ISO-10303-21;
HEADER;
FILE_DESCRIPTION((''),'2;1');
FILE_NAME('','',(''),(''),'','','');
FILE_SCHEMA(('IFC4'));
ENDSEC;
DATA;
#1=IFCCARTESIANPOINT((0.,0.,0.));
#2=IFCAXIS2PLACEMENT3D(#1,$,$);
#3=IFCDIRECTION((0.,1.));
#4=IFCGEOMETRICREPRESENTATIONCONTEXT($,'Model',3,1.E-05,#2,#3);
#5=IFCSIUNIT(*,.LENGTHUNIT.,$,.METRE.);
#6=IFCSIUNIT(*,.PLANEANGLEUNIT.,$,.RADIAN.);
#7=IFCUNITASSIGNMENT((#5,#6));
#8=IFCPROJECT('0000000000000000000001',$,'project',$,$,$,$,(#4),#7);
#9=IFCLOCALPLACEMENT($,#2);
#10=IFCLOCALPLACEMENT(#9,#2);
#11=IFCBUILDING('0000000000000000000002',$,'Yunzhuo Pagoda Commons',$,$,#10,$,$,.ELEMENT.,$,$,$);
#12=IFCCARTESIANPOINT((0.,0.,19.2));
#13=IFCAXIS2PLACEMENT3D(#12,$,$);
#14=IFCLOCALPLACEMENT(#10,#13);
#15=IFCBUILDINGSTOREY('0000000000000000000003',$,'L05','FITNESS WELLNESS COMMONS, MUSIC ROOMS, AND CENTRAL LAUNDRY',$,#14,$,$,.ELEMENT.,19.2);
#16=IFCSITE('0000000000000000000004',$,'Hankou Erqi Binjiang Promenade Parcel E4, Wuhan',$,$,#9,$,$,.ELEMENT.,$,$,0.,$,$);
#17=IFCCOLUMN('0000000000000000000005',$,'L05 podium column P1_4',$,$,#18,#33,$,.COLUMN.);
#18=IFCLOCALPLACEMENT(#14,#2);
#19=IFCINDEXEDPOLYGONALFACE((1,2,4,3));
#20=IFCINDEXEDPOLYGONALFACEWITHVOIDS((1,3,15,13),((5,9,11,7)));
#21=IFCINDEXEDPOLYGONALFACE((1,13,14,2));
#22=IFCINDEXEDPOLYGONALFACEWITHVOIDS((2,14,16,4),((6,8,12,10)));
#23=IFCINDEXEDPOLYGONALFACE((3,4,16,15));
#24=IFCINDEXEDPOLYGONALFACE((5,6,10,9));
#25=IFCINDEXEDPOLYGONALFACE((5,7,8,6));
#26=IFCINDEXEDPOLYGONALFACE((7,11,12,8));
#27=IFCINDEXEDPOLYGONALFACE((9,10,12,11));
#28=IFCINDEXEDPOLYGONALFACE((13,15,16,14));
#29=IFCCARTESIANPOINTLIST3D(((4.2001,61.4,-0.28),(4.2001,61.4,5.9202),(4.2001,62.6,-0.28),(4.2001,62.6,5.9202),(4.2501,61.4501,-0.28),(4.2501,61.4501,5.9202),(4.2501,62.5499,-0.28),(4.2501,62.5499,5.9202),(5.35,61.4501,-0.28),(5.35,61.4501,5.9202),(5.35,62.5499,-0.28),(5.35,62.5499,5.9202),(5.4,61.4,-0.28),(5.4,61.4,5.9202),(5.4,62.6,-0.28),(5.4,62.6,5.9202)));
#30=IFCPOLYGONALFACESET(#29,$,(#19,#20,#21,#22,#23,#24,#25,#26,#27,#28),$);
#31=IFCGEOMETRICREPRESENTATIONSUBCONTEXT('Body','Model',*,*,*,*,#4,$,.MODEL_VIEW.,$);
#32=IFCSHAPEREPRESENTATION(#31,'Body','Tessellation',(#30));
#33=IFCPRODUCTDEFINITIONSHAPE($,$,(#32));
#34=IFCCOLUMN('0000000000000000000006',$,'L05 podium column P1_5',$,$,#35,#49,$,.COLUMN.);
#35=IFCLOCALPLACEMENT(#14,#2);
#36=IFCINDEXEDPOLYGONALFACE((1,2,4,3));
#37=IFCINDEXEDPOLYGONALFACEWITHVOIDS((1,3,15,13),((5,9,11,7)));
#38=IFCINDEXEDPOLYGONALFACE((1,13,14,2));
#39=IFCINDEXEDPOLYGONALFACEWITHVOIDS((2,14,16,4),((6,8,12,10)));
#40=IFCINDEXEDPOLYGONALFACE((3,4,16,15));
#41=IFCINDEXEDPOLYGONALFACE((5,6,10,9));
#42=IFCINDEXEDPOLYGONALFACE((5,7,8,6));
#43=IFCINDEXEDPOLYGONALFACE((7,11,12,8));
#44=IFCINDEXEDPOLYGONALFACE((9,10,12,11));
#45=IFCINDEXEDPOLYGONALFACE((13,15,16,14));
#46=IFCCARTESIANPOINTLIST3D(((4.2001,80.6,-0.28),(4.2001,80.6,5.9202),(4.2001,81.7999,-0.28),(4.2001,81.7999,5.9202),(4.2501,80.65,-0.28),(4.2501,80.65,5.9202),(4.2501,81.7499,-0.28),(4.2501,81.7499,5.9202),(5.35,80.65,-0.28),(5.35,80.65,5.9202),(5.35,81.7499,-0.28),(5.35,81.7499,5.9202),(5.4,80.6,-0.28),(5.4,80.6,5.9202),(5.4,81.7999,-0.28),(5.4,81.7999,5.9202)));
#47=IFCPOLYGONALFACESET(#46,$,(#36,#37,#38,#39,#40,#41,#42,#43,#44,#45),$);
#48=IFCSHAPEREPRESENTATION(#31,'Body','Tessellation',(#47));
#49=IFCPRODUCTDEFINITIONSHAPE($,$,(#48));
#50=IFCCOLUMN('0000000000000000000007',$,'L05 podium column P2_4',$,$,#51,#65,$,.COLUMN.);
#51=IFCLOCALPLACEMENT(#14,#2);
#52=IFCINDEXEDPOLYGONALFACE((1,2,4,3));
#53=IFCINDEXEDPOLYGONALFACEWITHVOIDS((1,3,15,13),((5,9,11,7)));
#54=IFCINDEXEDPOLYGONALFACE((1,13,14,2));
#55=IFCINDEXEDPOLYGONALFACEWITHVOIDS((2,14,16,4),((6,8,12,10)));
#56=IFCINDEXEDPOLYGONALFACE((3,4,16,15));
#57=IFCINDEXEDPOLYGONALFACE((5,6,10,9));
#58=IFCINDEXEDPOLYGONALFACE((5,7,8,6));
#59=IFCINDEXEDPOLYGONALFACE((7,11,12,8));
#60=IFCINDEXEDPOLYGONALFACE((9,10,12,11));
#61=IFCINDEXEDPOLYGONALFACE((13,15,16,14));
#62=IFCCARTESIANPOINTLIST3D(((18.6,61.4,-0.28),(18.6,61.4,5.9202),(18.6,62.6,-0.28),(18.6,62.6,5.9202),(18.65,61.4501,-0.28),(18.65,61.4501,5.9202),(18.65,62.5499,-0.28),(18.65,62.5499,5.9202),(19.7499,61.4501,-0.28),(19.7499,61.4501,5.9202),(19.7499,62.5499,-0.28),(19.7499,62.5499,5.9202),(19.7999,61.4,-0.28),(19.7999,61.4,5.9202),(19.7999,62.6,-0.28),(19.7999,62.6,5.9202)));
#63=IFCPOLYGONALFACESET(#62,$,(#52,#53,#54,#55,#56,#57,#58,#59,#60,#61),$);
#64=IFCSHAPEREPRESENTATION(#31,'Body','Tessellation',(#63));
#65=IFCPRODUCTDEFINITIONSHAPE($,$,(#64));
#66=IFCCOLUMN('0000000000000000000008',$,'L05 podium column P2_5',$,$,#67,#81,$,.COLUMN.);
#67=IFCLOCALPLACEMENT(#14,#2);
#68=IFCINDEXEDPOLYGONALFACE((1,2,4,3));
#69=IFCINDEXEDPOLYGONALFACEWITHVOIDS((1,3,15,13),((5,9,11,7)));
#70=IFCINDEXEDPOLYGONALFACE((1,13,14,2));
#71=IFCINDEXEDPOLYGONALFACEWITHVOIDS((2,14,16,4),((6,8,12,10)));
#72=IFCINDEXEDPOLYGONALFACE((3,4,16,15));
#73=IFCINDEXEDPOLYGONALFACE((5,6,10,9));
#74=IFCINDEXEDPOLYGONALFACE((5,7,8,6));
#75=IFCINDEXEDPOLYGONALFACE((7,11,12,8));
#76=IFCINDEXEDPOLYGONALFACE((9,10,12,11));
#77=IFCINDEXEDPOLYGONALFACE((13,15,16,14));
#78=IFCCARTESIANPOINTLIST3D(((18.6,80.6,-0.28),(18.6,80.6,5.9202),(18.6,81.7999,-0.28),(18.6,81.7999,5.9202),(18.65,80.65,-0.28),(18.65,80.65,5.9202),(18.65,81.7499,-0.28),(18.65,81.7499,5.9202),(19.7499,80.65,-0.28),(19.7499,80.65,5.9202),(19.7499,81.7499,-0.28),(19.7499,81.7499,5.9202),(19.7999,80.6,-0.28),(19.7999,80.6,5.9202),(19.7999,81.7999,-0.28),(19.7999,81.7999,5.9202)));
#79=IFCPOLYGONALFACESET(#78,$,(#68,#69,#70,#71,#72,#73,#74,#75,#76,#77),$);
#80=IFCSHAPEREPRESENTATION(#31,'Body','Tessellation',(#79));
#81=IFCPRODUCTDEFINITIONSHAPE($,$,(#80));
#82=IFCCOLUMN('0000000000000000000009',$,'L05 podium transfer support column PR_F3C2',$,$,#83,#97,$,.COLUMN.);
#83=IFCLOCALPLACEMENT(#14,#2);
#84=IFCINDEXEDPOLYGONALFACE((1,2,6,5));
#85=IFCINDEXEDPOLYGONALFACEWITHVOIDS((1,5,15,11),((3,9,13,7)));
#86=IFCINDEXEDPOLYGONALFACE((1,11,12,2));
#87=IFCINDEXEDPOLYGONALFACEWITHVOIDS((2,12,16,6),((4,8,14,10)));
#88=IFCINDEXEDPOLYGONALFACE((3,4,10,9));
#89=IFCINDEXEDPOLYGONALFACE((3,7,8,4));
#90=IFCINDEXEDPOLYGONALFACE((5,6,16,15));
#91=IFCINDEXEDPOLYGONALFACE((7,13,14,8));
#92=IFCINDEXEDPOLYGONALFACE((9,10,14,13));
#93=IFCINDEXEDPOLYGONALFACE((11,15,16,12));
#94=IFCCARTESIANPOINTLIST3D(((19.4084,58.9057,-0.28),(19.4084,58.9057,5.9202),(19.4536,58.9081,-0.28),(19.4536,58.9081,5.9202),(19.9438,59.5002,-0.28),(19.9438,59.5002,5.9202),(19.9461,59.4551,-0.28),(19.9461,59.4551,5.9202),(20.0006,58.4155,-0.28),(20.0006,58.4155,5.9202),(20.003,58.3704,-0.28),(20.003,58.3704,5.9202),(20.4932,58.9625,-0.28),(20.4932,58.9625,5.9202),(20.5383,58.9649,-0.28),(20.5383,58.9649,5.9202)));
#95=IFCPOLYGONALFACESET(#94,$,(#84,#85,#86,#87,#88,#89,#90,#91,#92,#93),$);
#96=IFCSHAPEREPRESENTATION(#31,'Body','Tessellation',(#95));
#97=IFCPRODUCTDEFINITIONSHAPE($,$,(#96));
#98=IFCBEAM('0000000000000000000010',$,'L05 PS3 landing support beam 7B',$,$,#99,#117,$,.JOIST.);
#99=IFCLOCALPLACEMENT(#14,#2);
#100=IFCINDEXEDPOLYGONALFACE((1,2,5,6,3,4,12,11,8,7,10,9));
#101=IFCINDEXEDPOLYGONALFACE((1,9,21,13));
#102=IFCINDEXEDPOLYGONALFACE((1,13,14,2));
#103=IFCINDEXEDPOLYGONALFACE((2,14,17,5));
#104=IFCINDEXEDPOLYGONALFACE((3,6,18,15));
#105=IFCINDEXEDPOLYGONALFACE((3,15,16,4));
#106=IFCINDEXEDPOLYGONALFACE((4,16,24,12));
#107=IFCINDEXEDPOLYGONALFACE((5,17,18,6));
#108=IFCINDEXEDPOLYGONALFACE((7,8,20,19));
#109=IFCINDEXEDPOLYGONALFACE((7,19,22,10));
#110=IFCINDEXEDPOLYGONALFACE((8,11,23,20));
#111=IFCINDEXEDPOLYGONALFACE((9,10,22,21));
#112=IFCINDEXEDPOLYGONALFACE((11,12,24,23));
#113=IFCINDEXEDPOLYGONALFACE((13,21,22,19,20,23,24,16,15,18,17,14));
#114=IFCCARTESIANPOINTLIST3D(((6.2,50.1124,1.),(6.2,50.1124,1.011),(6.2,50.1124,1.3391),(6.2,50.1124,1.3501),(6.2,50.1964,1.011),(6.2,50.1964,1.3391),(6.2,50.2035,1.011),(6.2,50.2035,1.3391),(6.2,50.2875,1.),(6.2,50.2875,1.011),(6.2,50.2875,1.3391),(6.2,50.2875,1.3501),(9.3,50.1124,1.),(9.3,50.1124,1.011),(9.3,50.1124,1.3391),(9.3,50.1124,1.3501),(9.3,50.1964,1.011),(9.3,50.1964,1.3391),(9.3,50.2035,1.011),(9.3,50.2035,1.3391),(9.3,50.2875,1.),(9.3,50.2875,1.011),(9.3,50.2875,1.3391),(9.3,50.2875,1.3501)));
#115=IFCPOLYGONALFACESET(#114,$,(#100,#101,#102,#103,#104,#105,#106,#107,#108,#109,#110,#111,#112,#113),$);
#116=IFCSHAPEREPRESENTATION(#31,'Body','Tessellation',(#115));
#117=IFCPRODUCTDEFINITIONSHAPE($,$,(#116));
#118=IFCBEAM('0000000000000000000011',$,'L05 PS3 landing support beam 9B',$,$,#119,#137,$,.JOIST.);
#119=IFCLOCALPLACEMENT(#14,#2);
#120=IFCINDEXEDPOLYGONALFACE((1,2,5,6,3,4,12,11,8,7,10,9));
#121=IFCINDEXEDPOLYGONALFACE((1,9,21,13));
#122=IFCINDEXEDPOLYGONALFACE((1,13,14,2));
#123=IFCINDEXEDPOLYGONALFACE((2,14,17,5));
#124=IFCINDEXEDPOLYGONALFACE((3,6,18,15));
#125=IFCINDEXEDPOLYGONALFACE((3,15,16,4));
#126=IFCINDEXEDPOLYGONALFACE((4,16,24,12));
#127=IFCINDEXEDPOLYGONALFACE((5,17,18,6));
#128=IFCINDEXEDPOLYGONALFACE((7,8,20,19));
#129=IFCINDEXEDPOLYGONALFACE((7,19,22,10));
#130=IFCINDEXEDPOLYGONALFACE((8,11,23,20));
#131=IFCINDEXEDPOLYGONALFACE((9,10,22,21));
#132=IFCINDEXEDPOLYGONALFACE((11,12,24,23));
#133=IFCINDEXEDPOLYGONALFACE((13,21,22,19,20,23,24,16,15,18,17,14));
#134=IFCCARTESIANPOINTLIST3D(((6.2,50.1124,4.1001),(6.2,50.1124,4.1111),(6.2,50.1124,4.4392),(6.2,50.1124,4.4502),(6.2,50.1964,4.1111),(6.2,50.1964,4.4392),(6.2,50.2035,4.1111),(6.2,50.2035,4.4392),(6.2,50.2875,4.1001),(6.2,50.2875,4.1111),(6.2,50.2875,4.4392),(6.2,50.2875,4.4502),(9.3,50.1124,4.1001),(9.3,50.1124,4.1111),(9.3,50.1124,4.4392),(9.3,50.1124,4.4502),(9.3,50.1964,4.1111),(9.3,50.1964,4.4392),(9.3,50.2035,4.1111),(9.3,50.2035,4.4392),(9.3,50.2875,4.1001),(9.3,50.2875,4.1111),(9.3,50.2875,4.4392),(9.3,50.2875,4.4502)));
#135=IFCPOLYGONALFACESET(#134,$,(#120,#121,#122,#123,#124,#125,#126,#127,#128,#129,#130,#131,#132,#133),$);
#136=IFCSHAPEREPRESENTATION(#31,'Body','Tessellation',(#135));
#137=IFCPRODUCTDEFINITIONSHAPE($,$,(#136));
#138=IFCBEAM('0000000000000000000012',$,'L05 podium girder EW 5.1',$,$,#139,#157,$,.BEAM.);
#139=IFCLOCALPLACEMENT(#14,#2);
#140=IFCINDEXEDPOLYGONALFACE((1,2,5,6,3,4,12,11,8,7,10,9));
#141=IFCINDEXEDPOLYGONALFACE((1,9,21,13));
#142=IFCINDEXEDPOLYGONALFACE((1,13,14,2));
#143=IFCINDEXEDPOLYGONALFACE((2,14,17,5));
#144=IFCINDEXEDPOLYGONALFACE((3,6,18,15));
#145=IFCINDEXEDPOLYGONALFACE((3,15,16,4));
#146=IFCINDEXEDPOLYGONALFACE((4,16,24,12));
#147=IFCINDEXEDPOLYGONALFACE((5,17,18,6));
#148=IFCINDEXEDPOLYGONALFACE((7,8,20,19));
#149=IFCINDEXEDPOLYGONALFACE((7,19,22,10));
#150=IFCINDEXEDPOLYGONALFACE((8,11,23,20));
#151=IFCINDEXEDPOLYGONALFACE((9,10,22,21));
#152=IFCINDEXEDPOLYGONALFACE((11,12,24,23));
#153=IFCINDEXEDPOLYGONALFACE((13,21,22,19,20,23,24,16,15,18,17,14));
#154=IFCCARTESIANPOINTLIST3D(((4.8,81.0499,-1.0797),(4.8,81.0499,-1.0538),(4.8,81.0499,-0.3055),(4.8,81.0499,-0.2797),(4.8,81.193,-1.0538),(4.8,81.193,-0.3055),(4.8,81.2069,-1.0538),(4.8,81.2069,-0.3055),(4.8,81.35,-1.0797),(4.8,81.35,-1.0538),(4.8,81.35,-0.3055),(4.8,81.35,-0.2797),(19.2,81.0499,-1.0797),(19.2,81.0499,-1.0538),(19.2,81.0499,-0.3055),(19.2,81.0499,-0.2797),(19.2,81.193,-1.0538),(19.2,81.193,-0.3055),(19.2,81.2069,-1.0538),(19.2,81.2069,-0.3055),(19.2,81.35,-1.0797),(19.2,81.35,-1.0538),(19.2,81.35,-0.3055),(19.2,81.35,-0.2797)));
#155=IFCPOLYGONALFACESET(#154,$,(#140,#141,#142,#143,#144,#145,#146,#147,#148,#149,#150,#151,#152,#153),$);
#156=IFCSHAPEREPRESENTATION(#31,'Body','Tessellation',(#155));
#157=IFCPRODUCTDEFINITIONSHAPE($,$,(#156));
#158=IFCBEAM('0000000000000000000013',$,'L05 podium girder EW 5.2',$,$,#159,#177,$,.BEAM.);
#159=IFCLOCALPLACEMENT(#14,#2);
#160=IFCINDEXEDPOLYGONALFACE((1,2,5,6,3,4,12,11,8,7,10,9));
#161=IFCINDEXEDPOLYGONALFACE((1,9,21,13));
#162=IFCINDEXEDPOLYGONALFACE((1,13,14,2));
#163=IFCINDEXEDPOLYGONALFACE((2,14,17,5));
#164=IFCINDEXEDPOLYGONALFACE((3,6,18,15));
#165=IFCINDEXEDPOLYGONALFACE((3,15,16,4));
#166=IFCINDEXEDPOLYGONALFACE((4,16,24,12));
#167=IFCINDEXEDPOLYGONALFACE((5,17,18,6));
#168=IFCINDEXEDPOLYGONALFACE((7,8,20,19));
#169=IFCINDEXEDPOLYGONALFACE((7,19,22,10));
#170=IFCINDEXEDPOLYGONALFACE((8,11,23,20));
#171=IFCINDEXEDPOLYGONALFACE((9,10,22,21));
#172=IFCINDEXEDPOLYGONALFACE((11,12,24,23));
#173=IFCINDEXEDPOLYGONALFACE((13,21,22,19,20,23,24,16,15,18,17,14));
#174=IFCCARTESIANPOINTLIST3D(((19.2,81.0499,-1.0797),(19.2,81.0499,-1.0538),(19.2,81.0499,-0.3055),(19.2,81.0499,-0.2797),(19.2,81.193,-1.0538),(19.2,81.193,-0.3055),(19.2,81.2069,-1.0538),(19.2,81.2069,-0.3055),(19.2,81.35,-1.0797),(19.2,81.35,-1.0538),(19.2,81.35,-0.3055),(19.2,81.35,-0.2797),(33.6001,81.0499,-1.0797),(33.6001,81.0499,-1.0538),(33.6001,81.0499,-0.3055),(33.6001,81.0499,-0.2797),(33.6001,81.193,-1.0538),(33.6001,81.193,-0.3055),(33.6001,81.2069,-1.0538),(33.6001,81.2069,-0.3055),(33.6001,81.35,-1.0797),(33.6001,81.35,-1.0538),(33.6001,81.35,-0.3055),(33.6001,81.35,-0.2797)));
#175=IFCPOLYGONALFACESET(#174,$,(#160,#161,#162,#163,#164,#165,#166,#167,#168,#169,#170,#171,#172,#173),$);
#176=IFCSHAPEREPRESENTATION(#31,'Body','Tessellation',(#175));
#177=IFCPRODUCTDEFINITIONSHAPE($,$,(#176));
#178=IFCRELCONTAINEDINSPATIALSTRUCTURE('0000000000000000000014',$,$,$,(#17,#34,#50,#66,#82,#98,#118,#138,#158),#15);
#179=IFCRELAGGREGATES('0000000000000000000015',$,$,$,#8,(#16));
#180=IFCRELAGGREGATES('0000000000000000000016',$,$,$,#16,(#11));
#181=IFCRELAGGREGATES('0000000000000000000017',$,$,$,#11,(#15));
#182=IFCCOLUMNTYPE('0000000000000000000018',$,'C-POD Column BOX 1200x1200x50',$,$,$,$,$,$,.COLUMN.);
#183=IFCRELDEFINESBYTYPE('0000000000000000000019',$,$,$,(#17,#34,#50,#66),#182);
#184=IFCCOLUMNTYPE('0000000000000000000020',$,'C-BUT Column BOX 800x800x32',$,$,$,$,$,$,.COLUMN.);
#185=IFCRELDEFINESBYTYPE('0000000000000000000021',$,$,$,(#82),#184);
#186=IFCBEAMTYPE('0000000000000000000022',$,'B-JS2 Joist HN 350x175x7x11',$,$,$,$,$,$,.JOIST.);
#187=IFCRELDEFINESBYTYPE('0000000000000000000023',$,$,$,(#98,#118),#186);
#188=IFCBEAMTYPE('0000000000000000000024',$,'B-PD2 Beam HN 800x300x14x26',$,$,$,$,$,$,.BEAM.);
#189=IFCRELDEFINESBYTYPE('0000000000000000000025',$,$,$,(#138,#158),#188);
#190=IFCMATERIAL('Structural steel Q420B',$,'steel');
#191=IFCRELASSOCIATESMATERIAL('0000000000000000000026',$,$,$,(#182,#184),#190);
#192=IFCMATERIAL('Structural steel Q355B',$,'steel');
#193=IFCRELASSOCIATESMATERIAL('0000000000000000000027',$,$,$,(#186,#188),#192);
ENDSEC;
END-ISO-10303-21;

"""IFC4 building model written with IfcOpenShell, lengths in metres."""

from ifc_helpers import new_model, si_unit, direction, frame, origin, origin_2d, place, context, subcontext, project, spatial, hollow_rectangle, i_section, extrude, source, transform, mapped, material, material_profile, profile_set, type_object, element, save


model = new_model("IFC4")

# Units and contexts
model_context = context("Model", 3, precision=1e-05, world=origin(), true_north=direction((0.0, 1.0)))
body_context = subcontext(model_context, "Body", "Model", "MODEL_VIEW")
ifc_project = project(units=[si_unit("LENGTHUNIT", "METRE"), si_unit("PLANEANGLEUNIT", "RADIAN")], contexts=[model_context])

# Site, building, storey
site_placement = place(None, origin())
site = spatial("IfcSite", under=ifc_project, at=site_placement, Name="Hankou Erqi Binjiang Promenade Parcel E4, Wuhan", CompositionType="ELEMENT", RefElevation=0.0)
building_placement = place(site_placement, origin())
building = spatial("IfcBuilding", under=site, at=building_placement, Name="Yunzhuo Pagoda Commons", CompositionType="ELEMENT")
storey_placement = place(building_placement, frame((0.0, 0.0, 19.2)))
storey = spatial("IfcBuildingStorey", under=building, at=storey_placement, Name="L05", Description="FITNESS WELLNESS COMMONS, MUSIC ROOMS, AND CENTRAL LAUNDRY", CompositionType="ELEMENT", Elevation=19.2)

# Columns
ifc_material_1 = material(Name="Structural steel Q420B", Category="steel")
ifc_material_profile_1 = material_profile(ifc_material_1, hollow_rectangle(XDim=1.2, YDim=1.2, WallThickness=0.05, at=origin_2d()), Name="Structural steel Q420B")
ifc_profile_set_1 = profile_set([ifc_material_profile_1], Name="Structural steel Q420B")
column_type_1 = type_object("IfcColumnType", Name="C-POD Column BOX 1200x1200x50", PredefinedType="COLUMN", material=ifc_profile_set_1)
shared_shape_1 = source(origin(), body_context, "Body", "SweptSolid", [
    extrude(hollow_rectangle(XDim=1.2, YDim=1.2, WallThickness=0.05, at=origin_2d()), origin(), (0.0, 0.0, 1.0), 6.2002),
])
for number, where, z_axis, x_axis, name in (
    (1, (4.8, 62.0, -0.28), (0.0, 0.0, 1.0), (1.0, 0.0, 0.0), "L05 podium column P1_4"),
    (2, (4.8, 81.2, -0.28), (0.0, 0.0, 1.0), (1.0, 0.0, 0.0), "L05 podium column P1_5"),
    (3, (19.2, 62.0, -0.28), (0.0, 0.0, 1.0), (1.0, 0.0, 0.0), "L05 podium column P2_4"),
    (4, (19.2, 81.2, -0.28), (0.0, 0.0, 1.0), (1.0, 0.0, 0.0), "L05 podium column P2_5"),
):
    element("IfcColumn", number, at=place(storey_placement, frame(where, z_axis=z_axis, x_axis=x_axis)), inside=storey, type_object=column_type_1, Name=name, PredefinedType="COLUMN", context=body_context, shape_type="MappedRepresentation", body=[
        mapped(shared_shape_1, transform((0.0, 0.0, 0.0), scale=1.0)),
    ])
ifc_material_profile_2 = material_profile(ifc_material_1, hollow_rectangle(XDim=0.8, YDim=0.8, WallThickness=0.032, at=origin_2d()), Name="Structural steel Q420B")
ifc_profile_set_2 = profile_set([ifc_material_profile_2], Name="Structural steel Q420B")
column_type_2 = type_object("IfcColumnType", Name="C-BUT Column BOX 800x800x32", PredefinedType="COLUMN", material=ifc_profile_set_2)
shared_shape_2 = source(origin(), body_context, "Body", "SweptSolid", [
    extrude(hollow_rectangle(XDim=0.8, YDim=0.8, WallThickness=0.032, at=origin_2d()), origin(), (0.0, 0.0, 1.0), 6.2002),
])
column_placement = place(storey_placement, frame((19.9734, 58.9353, -0.28), z_axis=(0.0, 0.0, 1.0), x_axis=(-0.669131, -0.743145, 0.0)))
element("IfcColumn", 5, at=column_placement, inside=storey, type_object=column_type_2, Name="L05 podium transfer support column PR_F3C2", PredefinedType="COLUMN", context=body_context, shape_type="MappedRepresentation", body=[
    mapped(shared_shape_2, transform((0.0, 0.0, 0.0), scale=1.0)),
])

# Beams
ifc_material_2 = material(Name="Structural steel Q355B", Category="steel")
ifc_material_profile_3 = material_profile(ifc_material_2, i_section(OverallWidth=0.175, OverallDepth=0.3501, WebThickness=0.0071, FlangeThickness=0.011, at=origin_2d()), Name="Structural steel Q355B")
ifc_profile_set_3 = profile_set([ifc_material_profile_3], Name="Structural steel Q355B")
beam_type_1 = type_object("IfcBeamType", Name="B-JS2 Joist HN 350x175x7x11", PredefinedType="JOIST", material=ifc_profile_set_3)
shared_shape_3 = source(origin(), body_context, "Body", "SweptSolid", [
    extrude(i_section(OverallWidth=0.175, OverallDepth=0.3501, WebThickness=0.0071, FlangeThickness=0.011, at=origin_2d()), origin(), (0.0, 0.0, 1.0), 3.1001),
])
for number, where, z_axis, x_axis, name in (
    (6, (6.2, 50.2, 1.175), (1.0, 0.0, 0.0), (0.0, 1.0, 0.0), "L05 PS3 landing support beam 7B"),
    (7, (6.2, 50.2, 4.2751), (1.0, 0.0, 0.0), (0.0, 1.0, 0.0), "L05 PS3 landing support beam 9B"),
):
    element("IfcBeam", number, at=place(storey_placement, frame(where, z_axis=z_axis, x_axis=x_axis)), inside=storey, type_object=beam_type_1, Name=name, PredefinedType="JOIST", context=body_context, shape_type="MappedRepresentation", body=[
        mapped(shared_shape_3, transform((0.0, 0.0, 0.0), scale=1.0)),
    ])
ifc_material_profile_4 = material_profile(ifc_material_2, i_section(OverallWidth=0.3, OverallDepth=0.8, WebThickness=0.0139, FlangeThickness=0.0259, at=origin_2d()), Name="Structural steel Q355B")
ifc_profile_set_4 = profile_set([ifc_material_profile_4], Name="Structural steel Q355B")
beam_type_2 = type_object("IfcBeamType", Name="B-PD2 Beam HN 800x300x14x26", PredefinedType="BEAM", material=ifc_profile_set_4)
shared_shape_4 = source(origin(), body_context, "Body", "SweptSolid", [
    extrude(i_section(OverallWidth=0.3, OverallDepth=0.8, WebThickness=0.0139, FlangeThickness=0.0259, at=origin_2d()), origin(), (0.0, 0.0, 1.0), 14.3999),
])
beam_1_placement = place(storey_placement, frame((4.8, 81.2, -0.6797), z_axis=(1.0, 0.0, 0.0), x_axis=(0.0, 1.0, 0.0)))
element("IfcBeam", 8, at=beam_1_placement, inside=storey, type_object=beam_type_2, Name="L05 podium girder EW 5.1", PredefinedType="BEAM", context=body_context, shape_type="MappedRepresentation", body=[
    mapped(shared_shape_4, transform((0.0, 0.0, 0.0), scale=1.0)),
])
shared_shape_5 = source(origin(), body_context, "Body", "SweptSolid", [
    extrude(i_section(OverallWidth=0.3, OverallDepth=0.8, WebThickness=0.0139, FlangeThickness=0.0259, at=origin_2d()), origin(), (0.0, 0.0, 1.0), 14.4001),
])
beam_2_placement = place(storey_placement, frame((19.2, 81.2, -0.6797), z_axis=(1.0, 0.0, 0.0), x_axis=(0.0, 1.0, 0.0)))
element("IfcBeam", 9, at=beam_2_placement, inside=storey, type_object=beam_type_2, Name="L05 podium girder EW 5.2", PredefinedType="BEAM", context=body_context, shape_type="MappedRepresentation", body=[
    mapped(shared_shape_5, transform((0.0, 0.0, 0.0), scale=1.0)),
])

save(model, "model.ifc")
